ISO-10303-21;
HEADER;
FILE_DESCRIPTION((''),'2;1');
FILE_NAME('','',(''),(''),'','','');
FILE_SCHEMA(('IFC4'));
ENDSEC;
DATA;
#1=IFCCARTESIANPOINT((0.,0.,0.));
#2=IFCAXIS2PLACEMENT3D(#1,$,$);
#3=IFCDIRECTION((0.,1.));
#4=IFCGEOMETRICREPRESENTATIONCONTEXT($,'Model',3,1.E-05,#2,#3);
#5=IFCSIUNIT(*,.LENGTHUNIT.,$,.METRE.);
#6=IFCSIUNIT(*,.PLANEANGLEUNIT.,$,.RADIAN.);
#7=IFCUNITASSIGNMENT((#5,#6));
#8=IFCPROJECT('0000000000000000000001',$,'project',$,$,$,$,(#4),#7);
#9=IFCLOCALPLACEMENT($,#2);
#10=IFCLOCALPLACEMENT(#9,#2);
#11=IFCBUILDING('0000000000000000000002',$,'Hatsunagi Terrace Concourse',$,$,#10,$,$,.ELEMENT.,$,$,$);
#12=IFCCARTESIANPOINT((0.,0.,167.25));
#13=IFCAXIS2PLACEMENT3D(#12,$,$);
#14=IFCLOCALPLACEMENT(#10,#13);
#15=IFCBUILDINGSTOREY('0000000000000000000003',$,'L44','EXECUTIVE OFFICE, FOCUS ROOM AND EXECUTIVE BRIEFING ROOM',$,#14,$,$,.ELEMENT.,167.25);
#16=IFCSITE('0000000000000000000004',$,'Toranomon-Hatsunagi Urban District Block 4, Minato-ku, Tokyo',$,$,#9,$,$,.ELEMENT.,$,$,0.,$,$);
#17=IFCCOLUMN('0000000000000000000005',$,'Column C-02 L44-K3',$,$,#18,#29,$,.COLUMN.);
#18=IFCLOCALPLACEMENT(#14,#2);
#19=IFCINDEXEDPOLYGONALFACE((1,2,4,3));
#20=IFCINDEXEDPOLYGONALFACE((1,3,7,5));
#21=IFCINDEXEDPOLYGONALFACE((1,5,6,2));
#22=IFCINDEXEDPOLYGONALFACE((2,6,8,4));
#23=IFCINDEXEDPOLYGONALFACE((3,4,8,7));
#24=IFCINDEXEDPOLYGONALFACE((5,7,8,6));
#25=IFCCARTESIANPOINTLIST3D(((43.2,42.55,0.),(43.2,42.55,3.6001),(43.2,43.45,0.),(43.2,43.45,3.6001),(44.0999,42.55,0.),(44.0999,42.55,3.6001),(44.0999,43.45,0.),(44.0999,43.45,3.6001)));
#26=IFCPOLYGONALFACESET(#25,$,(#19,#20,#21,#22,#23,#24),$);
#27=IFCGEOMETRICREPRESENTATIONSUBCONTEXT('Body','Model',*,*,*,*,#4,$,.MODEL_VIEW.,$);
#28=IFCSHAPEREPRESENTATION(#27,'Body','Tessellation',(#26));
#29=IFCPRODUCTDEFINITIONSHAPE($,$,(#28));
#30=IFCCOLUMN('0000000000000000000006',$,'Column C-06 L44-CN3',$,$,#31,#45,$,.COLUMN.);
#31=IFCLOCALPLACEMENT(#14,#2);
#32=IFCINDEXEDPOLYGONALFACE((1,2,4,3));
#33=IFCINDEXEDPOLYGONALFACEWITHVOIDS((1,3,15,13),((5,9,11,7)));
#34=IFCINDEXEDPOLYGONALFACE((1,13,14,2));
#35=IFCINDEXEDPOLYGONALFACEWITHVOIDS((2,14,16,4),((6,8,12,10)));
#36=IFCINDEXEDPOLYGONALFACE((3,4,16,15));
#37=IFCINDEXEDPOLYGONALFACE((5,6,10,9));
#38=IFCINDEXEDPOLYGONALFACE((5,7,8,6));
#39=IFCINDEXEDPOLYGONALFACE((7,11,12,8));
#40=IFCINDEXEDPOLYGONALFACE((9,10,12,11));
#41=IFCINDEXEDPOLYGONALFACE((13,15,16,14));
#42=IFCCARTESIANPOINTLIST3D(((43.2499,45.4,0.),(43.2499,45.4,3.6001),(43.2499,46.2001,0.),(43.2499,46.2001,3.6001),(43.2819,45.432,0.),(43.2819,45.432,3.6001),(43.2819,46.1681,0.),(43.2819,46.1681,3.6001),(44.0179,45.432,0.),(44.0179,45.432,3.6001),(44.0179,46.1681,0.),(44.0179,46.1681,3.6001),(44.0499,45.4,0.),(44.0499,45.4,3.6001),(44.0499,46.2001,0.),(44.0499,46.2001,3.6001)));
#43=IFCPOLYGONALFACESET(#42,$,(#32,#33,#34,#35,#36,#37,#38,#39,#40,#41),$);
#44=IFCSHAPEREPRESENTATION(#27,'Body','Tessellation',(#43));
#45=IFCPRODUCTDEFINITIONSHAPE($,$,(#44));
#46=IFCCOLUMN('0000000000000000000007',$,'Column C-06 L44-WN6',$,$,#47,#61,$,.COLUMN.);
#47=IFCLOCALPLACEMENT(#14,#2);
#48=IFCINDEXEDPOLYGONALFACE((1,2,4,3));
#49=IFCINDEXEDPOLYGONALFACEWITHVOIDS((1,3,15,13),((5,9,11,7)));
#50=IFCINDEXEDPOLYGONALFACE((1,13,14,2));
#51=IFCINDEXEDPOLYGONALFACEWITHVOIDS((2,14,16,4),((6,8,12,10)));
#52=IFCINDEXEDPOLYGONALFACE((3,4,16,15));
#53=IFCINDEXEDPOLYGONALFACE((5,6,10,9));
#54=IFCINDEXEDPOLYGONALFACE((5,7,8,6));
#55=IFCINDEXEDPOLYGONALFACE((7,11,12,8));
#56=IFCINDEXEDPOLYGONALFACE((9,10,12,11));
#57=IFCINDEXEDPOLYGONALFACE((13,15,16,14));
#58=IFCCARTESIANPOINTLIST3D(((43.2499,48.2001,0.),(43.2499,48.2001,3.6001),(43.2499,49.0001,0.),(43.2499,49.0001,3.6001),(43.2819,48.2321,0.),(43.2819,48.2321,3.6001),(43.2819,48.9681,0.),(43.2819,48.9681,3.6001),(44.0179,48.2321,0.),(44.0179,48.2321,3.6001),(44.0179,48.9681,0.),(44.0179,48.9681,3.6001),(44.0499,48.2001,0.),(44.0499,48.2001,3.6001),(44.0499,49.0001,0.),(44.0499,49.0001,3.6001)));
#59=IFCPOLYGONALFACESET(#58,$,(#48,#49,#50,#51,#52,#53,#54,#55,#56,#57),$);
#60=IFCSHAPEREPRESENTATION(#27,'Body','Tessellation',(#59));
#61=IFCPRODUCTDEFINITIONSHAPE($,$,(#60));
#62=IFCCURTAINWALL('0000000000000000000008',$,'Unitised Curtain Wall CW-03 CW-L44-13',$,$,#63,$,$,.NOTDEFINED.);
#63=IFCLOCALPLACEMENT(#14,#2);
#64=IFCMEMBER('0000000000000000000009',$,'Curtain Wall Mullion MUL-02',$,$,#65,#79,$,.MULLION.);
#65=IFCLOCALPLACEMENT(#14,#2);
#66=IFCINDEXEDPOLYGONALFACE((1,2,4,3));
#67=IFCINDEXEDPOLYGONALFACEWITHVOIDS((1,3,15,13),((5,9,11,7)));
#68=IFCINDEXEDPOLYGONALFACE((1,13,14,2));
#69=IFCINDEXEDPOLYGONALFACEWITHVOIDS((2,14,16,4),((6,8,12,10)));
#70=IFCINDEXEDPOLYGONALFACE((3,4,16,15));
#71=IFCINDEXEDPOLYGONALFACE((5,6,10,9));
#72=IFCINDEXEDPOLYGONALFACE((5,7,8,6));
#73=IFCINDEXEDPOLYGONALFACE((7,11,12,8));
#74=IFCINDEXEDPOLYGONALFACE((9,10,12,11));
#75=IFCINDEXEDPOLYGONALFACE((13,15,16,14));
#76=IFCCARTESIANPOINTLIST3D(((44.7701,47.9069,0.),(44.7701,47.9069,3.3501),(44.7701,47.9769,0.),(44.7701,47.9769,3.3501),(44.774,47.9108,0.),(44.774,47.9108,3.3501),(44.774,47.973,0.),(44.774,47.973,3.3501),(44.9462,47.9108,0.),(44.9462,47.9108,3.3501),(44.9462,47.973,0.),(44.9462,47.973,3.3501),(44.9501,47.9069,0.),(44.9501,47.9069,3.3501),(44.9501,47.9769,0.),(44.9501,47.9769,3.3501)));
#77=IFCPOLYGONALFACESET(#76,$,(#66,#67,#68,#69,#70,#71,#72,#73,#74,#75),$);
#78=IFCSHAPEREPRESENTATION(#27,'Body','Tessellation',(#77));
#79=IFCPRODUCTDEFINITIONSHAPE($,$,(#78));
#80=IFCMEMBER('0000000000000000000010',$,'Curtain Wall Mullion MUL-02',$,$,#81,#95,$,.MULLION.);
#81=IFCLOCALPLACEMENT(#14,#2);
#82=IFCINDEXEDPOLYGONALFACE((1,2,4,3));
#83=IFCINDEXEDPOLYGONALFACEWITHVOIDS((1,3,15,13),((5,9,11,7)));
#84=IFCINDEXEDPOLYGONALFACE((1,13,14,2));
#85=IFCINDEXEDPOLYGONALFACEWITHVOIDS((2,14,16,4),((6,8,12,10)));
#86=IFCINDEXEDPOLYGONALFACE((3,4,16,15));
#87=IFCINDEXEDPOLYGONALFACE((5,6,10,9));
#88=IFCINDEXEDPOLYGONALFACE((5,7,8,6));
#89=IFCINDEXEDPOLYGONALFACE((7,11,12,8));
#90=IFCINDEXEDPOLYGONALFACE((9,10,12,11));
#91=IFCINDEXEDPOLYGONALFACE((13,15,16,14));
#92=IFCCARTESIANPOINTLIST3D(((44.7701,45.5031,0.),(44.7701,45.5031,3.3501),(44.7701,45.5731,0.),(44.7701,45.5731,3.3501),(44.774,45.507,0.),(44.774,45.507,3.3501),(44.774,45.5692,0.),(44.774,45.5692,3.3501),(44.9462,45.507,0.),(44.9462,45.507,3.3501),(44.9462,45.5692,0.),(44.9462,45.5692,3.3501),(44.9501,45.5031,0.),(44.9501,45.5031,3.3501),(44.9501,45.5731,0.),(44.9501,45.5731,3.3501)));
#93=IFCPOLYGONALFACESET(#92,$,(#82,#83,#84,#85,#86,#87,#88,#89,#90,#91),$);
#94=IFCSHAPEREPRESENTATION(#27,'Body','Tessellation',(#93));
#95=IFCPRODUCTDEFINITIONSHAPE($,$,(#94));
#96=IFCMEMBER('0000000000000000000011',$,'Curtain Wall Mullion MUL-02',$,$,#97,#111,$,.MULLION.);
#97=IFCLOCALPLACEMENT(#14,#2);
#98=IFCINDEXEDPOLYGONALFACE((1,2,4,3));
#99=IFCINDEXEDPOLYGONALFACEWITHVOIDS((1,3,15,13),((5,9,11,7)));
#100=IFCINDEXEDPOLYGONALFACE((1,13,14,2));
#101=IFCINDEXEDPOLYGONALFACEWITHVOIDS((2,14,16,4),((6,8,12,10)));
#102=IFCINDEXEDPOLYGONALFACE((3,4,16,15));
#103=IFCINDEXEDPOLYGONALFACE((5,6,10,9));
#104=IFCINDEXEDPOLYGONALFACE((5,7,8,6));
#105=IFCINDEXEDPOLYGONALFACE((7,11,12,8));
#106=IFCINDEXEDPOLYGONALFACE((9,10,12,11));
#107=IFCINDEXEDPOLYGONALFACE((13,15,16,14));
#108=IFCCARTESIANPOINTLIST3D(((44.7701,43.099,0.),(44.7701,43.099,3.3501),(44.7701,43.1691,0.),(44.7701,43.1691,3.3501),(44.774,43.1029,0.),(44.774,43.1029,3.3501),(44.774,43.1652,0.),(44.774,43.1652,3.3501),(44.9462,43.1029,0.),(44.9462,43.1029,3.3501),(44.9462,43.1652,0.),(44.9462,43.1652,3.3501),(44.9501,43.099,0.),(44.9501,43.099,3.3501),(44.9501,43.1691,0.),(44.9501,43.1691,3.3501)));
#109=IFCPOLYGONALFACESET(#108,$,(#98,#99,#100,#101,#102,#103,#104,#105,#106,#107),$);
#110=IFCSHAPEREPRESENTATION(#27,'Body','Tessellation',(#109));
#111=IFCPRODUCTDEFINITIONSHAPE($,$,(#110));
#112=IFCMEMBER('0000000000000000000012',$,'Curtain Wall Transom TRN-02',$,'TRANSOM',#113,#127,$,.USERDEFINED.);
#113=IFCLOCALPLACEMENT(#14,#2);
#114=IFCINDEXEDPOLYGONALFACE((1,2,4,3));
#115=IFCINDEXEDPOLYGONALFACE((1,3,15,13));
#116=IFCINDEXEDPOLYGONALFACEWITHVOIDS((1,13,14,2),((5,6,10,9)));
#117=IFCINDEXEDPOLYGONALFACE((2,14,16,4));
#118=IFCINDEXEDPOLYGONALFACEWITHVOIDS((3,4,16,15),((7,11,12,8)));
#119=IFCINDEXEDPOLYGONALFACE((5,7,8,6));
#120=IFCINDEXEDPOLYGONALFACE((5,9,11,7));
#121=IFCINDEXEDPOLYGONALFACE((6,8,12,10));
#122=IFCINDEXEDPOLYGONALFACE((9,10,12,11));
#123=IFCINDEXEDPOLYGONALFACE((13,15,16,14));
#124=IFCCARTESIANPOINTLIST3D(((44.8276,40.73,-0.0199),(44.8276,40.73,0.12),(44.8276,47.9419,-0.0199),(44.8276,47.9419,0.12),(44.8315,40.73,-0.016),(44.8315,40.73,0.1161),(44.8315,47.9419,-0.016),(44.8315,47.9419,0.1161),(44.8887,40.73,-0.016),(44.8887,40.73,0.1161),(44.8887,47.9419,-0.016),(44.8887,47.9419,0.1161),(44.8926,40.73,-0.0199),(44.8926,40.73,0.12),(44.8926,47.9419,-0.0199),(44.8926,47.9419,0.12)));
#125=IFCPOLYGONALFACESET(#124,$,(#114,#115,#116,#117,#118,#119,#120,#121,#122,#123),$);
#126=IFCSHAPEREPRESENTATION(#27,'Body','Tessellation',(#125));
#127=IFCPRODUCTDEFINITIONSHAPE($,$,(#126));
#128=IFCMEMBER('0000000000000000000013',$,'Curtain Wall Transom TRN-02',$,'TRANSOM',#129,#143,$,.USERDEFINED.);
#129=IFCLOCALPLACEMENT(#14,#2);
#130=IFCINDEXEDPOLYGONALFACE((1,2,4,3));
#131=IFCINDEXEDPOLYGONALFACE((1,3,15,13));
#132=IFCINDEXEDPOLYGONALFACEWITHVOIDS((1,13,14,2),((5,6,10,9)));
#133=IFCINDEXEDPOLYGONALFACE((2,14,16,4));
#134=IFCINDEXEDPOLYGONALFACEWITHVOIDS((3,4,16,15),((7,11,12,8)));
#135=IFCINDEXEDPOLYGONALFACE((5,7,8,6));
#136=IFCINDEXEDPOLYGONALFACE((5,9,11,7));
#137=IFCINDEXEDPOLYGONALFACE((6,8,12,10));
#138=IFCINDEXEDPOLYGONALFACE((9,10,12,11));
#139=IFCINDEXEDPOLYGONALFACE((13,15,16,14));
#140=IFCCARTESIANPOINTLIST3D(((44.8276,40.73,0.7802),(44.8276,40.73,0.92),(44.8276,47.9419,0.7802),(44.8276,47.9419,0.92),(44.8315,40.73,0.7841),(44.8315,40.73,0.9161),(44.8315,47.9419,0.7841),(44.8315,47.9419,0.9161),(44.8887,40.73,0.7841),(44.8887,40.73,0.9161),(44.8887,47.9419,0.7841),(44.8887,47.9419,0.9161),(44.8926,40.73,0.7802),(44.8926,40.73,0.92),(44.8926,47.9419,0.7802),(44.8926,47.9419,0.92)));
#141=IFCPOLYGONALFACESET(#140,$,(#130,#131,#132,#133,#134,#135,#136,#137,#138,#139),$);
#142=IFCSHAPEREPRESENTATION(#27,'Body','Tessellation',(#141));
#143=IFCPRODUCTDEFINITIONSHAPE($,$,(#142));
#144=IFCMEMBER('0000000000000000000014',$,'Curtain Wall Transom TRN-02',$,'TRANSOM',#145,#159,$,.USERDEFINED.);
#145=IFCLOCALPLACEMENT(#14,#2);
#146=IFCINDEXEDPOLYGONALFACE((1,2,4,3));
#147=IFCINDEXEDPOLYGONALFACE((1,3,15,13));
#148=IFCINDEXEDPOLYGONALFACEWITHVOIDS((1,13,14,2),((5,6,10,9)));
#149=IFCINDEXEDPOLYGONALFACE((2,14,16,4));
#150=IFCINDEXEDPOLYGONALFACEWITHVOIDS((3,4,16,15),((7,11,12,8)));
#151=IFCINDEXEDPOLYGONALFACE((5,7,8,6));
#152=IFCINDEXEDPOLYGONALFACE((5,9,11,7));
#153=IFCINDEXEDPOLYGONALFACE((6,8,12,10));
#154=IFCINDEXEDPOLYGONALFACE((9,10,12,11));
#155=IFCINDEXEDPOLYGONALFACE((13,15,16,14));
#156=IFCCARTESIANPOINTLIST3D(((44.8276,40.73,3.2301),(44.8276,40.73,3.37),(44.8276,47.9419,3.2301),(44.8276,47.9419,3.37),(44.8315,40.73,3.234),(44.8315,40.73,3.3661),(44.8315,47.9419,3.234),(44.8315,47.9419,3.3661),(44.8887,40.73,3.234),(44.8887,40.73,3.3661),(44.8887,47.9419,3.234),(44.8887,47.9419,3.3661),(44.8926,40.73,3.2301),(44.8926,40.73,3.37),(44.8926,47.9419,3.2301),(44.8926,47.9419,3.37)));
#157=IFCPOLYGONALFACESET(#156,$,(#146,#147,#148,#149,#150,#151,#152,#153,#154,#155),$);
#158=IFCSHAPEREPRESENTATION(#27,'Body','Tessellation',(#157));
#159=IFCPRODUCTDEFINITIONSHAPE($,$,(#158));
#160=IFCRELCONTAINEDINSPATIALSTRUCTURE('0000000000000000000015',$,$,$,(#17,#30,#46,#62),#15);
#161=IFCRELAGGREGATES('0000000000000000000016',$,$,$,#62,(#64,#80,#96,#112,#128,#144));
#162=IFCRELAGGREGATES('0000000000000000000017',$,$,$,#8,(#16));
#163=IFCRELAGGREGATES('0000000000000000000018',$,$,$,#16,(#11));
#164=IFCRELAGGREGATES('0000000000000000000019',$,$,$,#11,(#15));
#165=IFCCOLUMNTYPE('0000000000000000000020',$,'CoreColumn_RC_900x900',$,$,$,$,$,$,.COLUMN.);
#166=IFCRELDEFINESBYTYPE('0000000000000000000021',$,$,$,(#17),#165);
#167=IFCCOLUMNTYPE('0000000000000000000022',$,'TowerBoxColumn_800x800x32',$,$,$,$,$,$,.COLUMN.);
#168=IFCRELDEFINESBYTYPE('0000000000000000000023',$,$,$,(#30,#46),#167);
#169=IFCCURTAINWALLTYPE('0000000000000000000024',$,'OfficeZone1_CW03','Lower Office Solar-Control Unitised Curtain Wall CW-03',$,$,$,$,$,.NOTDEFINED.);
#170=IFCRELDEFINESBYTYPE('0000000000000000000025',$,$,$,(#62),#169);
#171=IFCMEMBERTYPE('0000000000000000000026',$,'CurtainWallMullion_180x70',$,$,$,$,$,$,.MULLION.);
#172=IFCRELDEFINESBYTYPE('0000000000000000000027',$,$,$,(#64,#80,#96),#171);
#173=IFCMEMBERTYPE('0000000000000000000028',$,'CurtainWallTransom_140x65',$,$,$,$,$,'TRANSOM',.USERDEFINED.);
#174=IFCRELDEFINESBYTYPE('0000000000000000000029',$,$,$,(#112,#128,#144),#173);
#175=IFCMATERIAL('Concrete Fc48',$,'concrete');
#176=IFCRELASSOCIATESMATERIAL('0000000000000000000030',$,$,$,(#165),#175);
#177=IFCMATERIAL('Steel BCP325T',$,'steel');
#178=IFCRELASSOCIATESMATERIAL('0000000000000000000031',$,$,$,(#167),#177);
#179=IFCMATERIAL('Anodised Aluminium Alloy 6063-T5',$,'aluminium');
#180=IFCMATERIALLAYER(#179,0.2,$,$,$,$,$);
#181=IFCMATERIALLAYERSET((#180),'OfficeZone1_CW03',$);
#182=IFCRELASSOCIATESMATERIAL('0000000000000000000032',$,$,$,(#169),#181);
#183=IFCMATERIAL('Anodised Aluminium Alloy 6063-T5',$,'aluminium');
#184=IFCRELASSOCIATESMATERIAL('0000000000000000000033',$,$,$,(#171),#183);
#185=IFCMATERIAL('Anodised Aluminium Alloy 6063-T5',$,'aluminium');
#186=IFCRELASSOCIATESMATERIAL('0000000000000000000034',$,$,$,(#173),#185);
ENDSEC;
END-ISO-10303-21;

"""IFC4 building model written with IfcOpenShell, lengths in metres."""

from ifc_helpers import new_model, si_unit, direction, frame, origin, origin_2d, place, context, subcontext, project, spatial, rectangle, hollow_rectangle, extrude, material, layer, layer_set, material_profile, profile_set, type_object, element, aggregate, save


model = new_model("IFC4")

# Units and contexts
model_context = context("Model", 3, precision=1e-05, world=origin(), true_north=direction((0.0, 1.0)))
body_context = subcontext(model_context, "Body", "Model", "MODEL_VIEW")
ifc_project = project(units=[si_unit("LENGTHUNIT", "METRE"), si_unit("PLANEANGLEUNIT", "RADIAN")], contexts=[model_context])

# Site, building, storey
site_placement = place(None, origin())
site = spatial("IfcSite", under=ifc_project, at=site_placement, Name="Toranomon-Hatsunagi Urban District Block 4, Minato-ku, Tokyo", CompositionType="ELEMENT", RefElevation=0.0)
building_placement = place(site_placement, origin())
building = spatial("IfcBuilding", under=site, at=building_placement, Name="Hatsunagi Terrace Concourse", CompositionType="ELEMENT")
storey_placement = place(building_placement, frame((0.0, 0.0, 167.25)))
storey = spatial("IfcBuildingStorey", under=building, at=storey_placement, Name="L44", Description="EXECUTIVE OFFICE, FOCUS ROOM AND EXECUTIVE BRIEFING ROOM", CompositionType="ELEMENT", Elevation=167.25)

# Columns
ifc_material_1 = material(Name="Concrete Fc48", Category="concrete")
ifc_material_profile_1 = material_profile(ifc_material_1, rectangle(XDim=0.8999, YDim=0.8999, at=origin_2d()), Name="RC-900x900")
ifc_profile_set_1 = profile_set([ifc_material_profile_1], Name="Concrete Fc48")
column_type_1 = type_object("IfcColumnType", Name="CoreColumn_RC_900x900", PredefinedType="COLUMN", material=ifc_profile_set_1)
column_placement = place(storey_placement, frame((43.6499, 43.0, 0.0), z_axis=(0.0, 0.0, 1.0), x_axis=(1.0, 0.0, 0.0)))
element("IfcColumn", 1, at=column_placement, inside=storey, type_object=column_type_1, Name="Column C-02 L44-K3", PredefinedType="COLUMN", context=body_context, shape_type="SweptSolid", body=[
    extrude(rectangle(XDim=0.8999, YDim=0.8999, at=origin_2d()), origin(), (0.0, 0.0, 1.0), 3.6001),
])
ifc_material_2 = material(Name="Steel BCP325T", Category="steel")
ifc_material_profile_2 = material_profile(ifc_material_2, hollow_rectangle(XDim=0.8, YDim=0.8, WallThickness=0.032, at=origin_2d()), Name="BCP-800x800x32")
ifc_profile_set_2 = profile_set([ifc_material_profile_2], Name="Steel BCP325T")
column_type_2 = type_object("IfcColumnType", Name="TowerBoxColumn_800x800x32", PredefinedType="COLUMN", material=ifc_profile_set_2)
for number, where, z_axis, x_axis, name in (
    (2, (43.6499, 45.8, 0.0), (0.0, 0.0, 1.0), (1.0, 0.0, 0.0), "Column C-06 L44-CN3"),
    (3, (43.6499, 48.6001, 0.0), (0.0, 0.0, 1.0), (1.0, 0.0, 0.0), "Column C-06 L44-WN6"),
):
    element("IfcColumn", number, at=place(storey_placement, frame(where, z_axis=z_axis, x_axis=x_axis)), inside=storey, type_object=column_type_2, Name=name, PredefinedType="COLUMN", context=body_context, shape_type="SweptSolid", body=[
        extrude(hollow_rectangle(XDim=0.8, YDim=0.8, WallThickness=0.032, at=origin_2d()), origin(), (0.0, 0.0, 1.0), 3.6001),
    ])

# Curtain wall, members
ifc_material_3 = material(Name="Anodised Aluminium Alloy 6063-T5", Category="aluminium")
ifc_layer_1 = layer(ifc_material_3, 0.2)
ifc_layer_set_1 = layer_set([ifc_layer_1], Name="OfficeZone1_CW03")
curtain_wall_type = type_object("IfcCurtainWallType", Name="OfficeZone1_CW03", Description="Lower Office Solar-Control Unitised Curtain Wall CW-03", PredefinedType="NOTDEFINED", material=ifc_layer_set_1)
curtain_wall_placement = place(storey_placement, origin())
curtain_wall = element("IfcCurtainWall", 4, at=curtain_wall_placement, inside=storey, type_object=curtain_wall_type, Name="Unitised Curtain Wall CW-03 CW-L44-13", PredefinedType="NOTDEFINED")
ifc_material_4 = material(Name="Anodised Aluminium Alloy 6063-T5", Category="aluminium")
ifc_material_profile_3 = material_profile(ifc_material_4, hollow_rectangle(XDim=0.0701, YDim=0.1799, WallThickness=0.0039, at=origin_2d()), Name="ALU-MUL-180x70x4")
ifc_profile_set_3 = profile_set([ifc_material_profile_3], Name="Anodised Aluminium Alloy 6063-T5")
member_type_1 = type_object("IfcMemberType", Name="CurtainWallMullion_180x70", PredefinedType="MULLION", material=ifc_profile_set_3)
member_1_placement = place(storey_placement, frame((44.8601, 47.9419, 0.0), z_axis=(0.0, 0.0, 1.0), x_axis=(0.0, -1.0, 0.0)))
member_1 = element("IfcMember", 5, at=member_1_placement, type_object=member_type_1, Name="Curtain Wall Mullion MUL-02", PredefinedType="MULLION", context=body_context, shape_type="SweptSolid", body=[
    extrude(hollow_rectangle(XDim=0.0701, YDim=0.1799, WallThickness=0.0039, at=origin_2d()), origin(), (0.0, 0.0, 1.0), 3.3501),
])
member_2_placement = place(storey_placement, frame((44.8601, 45.5381, 0.0), z_axis=(0.0, 0.0, 1.0), x_axis=(0.0, -1.0, 0.0)))
member_2 = element("IfcMember", 6, at=member_2_placement, type_object=member_type_1, Name="Curtain Wall Mullion MUL-02", PredefinedType="MULLION", context=body_context, shape_type="SweptSolid", body=[
    extrude(hollow_rectangle(XDim=0.0701, YDim=0.1799, WallThickness=0.0039, at=origin_2d()), origin(), (0.0, 0.0, 1.0), 3.3501),
])
member_3_placement = place(storey_placement, frame((44.8601, 43.134, 0.0), z_axis=(0.0, 0.0, 1.0), x_axis=(0.0, -1.0, 0.0)))
member_3 = element("IfcMember", 7, at=member_3_placement, type_object=member_type_1, Name="Curtain Wall Mullion MUL-02", PredefinedType="MULLION", context=body_context, shape_type="SweptSolid", body=[
    extrude(hollow_rectangle(XDim=0.0701, YDim=0.1799, WallThickness=0.0039, at=origin_2d()), origin(), (0.0, 0.0, 1.0), 3.3501),
])
ifc_material_5 = material(Name="Anodised Aluminium Alloy 6063-T5", Category="aluminium")
ifc_material_profile_4 = material_profile(ifc_material_5, hollow_rectangle(XDim=0.0649, YDim=0.1399, WallThickness=0.0039, at=origin_2d()), Name="ALU-TRN-140x65x4")
ifc_profile_set_4 = profile_set([ifc_material_profile_4], Name="Anodised Aluminium Alloy 6063-T5")
member_type_2 = type_object("IfcMemberType", Name="CurtainWallTransom_140x65", ElementType="TRANSOM", PredefinedType="USERDEFINED", material=ifc_profile_set_4)
member_4_placement = place(storey_placement, frame((44.8601, 47.9419, 0.05), z_axis=(0.0, -1.0, 0.0), x_axis=(1.0, 0.0, 0.0)))
member_4 = element("IfcMember", 8, at=member_4_placement, type_object=member_type_2, Name="Curtain Wall Transom TRN-02", ObjectType="TRANSOM", PredefinedType="USERDEFINED", context=body_context, shape_type="SweptSolid", body=[
    extrude(hollow_rectangle(XDim=0.0649, YDim=0.1399, WallThickness=0.0039, at=origin_2d()), origin(), (0.0, 0.0, 1.0), 7.2119),
])
member_5_placement = place(storey_placement, frame((44.8601, 47.9419, 0.8501), z_axis=(0.0, -1.0, 0.0), x_axis=(1.0, 0.0, 0.0)))
member_5 = element("IfcMember", 9, at=member_5_placement, type_object=member_type_2, Name="Curtain Wall Transom TRN-02", ObjectType="TRANSOM", PredefinedType="USERDEFINED", context=body_context, shape_type="SweptSolid", body=[
    extrude(hollow_rectangle(XDim=0.0649, YDim=0.1399, WallThickness=0.0039, at=origin_2d()), origin(), (0.0, 0.0, 1.0), 7.2119),
])
member_6_placement = place(storey_placement, frame((44.8601, 47.9419, 3.3), z_axis=(0.0, -1.0, 0.0), x_axis=(1.0, 0.0, 0.0)))
member_6 = element("IfcMember", 10, at=member_6_placement, type_object=member_type_2, Name="Curtain Wall Transom TRN-02", ObjectType="TRANSOM", PredefinedType="USERDEFINED", context=body_context, shape_type="SweptSolid", body=[
    extrude(hollow_rectangle(XDim=0.0649, YDim=0.1399, WallThickness=0.0039, at=origin_2d()), origin(), (0.0, 0.0, 1.0), 7.2119),
])

aggregate(curtain_wall, [member_1, member_2, member_3, member_4, member_5, member_6])

save(model, "model.ifc")
